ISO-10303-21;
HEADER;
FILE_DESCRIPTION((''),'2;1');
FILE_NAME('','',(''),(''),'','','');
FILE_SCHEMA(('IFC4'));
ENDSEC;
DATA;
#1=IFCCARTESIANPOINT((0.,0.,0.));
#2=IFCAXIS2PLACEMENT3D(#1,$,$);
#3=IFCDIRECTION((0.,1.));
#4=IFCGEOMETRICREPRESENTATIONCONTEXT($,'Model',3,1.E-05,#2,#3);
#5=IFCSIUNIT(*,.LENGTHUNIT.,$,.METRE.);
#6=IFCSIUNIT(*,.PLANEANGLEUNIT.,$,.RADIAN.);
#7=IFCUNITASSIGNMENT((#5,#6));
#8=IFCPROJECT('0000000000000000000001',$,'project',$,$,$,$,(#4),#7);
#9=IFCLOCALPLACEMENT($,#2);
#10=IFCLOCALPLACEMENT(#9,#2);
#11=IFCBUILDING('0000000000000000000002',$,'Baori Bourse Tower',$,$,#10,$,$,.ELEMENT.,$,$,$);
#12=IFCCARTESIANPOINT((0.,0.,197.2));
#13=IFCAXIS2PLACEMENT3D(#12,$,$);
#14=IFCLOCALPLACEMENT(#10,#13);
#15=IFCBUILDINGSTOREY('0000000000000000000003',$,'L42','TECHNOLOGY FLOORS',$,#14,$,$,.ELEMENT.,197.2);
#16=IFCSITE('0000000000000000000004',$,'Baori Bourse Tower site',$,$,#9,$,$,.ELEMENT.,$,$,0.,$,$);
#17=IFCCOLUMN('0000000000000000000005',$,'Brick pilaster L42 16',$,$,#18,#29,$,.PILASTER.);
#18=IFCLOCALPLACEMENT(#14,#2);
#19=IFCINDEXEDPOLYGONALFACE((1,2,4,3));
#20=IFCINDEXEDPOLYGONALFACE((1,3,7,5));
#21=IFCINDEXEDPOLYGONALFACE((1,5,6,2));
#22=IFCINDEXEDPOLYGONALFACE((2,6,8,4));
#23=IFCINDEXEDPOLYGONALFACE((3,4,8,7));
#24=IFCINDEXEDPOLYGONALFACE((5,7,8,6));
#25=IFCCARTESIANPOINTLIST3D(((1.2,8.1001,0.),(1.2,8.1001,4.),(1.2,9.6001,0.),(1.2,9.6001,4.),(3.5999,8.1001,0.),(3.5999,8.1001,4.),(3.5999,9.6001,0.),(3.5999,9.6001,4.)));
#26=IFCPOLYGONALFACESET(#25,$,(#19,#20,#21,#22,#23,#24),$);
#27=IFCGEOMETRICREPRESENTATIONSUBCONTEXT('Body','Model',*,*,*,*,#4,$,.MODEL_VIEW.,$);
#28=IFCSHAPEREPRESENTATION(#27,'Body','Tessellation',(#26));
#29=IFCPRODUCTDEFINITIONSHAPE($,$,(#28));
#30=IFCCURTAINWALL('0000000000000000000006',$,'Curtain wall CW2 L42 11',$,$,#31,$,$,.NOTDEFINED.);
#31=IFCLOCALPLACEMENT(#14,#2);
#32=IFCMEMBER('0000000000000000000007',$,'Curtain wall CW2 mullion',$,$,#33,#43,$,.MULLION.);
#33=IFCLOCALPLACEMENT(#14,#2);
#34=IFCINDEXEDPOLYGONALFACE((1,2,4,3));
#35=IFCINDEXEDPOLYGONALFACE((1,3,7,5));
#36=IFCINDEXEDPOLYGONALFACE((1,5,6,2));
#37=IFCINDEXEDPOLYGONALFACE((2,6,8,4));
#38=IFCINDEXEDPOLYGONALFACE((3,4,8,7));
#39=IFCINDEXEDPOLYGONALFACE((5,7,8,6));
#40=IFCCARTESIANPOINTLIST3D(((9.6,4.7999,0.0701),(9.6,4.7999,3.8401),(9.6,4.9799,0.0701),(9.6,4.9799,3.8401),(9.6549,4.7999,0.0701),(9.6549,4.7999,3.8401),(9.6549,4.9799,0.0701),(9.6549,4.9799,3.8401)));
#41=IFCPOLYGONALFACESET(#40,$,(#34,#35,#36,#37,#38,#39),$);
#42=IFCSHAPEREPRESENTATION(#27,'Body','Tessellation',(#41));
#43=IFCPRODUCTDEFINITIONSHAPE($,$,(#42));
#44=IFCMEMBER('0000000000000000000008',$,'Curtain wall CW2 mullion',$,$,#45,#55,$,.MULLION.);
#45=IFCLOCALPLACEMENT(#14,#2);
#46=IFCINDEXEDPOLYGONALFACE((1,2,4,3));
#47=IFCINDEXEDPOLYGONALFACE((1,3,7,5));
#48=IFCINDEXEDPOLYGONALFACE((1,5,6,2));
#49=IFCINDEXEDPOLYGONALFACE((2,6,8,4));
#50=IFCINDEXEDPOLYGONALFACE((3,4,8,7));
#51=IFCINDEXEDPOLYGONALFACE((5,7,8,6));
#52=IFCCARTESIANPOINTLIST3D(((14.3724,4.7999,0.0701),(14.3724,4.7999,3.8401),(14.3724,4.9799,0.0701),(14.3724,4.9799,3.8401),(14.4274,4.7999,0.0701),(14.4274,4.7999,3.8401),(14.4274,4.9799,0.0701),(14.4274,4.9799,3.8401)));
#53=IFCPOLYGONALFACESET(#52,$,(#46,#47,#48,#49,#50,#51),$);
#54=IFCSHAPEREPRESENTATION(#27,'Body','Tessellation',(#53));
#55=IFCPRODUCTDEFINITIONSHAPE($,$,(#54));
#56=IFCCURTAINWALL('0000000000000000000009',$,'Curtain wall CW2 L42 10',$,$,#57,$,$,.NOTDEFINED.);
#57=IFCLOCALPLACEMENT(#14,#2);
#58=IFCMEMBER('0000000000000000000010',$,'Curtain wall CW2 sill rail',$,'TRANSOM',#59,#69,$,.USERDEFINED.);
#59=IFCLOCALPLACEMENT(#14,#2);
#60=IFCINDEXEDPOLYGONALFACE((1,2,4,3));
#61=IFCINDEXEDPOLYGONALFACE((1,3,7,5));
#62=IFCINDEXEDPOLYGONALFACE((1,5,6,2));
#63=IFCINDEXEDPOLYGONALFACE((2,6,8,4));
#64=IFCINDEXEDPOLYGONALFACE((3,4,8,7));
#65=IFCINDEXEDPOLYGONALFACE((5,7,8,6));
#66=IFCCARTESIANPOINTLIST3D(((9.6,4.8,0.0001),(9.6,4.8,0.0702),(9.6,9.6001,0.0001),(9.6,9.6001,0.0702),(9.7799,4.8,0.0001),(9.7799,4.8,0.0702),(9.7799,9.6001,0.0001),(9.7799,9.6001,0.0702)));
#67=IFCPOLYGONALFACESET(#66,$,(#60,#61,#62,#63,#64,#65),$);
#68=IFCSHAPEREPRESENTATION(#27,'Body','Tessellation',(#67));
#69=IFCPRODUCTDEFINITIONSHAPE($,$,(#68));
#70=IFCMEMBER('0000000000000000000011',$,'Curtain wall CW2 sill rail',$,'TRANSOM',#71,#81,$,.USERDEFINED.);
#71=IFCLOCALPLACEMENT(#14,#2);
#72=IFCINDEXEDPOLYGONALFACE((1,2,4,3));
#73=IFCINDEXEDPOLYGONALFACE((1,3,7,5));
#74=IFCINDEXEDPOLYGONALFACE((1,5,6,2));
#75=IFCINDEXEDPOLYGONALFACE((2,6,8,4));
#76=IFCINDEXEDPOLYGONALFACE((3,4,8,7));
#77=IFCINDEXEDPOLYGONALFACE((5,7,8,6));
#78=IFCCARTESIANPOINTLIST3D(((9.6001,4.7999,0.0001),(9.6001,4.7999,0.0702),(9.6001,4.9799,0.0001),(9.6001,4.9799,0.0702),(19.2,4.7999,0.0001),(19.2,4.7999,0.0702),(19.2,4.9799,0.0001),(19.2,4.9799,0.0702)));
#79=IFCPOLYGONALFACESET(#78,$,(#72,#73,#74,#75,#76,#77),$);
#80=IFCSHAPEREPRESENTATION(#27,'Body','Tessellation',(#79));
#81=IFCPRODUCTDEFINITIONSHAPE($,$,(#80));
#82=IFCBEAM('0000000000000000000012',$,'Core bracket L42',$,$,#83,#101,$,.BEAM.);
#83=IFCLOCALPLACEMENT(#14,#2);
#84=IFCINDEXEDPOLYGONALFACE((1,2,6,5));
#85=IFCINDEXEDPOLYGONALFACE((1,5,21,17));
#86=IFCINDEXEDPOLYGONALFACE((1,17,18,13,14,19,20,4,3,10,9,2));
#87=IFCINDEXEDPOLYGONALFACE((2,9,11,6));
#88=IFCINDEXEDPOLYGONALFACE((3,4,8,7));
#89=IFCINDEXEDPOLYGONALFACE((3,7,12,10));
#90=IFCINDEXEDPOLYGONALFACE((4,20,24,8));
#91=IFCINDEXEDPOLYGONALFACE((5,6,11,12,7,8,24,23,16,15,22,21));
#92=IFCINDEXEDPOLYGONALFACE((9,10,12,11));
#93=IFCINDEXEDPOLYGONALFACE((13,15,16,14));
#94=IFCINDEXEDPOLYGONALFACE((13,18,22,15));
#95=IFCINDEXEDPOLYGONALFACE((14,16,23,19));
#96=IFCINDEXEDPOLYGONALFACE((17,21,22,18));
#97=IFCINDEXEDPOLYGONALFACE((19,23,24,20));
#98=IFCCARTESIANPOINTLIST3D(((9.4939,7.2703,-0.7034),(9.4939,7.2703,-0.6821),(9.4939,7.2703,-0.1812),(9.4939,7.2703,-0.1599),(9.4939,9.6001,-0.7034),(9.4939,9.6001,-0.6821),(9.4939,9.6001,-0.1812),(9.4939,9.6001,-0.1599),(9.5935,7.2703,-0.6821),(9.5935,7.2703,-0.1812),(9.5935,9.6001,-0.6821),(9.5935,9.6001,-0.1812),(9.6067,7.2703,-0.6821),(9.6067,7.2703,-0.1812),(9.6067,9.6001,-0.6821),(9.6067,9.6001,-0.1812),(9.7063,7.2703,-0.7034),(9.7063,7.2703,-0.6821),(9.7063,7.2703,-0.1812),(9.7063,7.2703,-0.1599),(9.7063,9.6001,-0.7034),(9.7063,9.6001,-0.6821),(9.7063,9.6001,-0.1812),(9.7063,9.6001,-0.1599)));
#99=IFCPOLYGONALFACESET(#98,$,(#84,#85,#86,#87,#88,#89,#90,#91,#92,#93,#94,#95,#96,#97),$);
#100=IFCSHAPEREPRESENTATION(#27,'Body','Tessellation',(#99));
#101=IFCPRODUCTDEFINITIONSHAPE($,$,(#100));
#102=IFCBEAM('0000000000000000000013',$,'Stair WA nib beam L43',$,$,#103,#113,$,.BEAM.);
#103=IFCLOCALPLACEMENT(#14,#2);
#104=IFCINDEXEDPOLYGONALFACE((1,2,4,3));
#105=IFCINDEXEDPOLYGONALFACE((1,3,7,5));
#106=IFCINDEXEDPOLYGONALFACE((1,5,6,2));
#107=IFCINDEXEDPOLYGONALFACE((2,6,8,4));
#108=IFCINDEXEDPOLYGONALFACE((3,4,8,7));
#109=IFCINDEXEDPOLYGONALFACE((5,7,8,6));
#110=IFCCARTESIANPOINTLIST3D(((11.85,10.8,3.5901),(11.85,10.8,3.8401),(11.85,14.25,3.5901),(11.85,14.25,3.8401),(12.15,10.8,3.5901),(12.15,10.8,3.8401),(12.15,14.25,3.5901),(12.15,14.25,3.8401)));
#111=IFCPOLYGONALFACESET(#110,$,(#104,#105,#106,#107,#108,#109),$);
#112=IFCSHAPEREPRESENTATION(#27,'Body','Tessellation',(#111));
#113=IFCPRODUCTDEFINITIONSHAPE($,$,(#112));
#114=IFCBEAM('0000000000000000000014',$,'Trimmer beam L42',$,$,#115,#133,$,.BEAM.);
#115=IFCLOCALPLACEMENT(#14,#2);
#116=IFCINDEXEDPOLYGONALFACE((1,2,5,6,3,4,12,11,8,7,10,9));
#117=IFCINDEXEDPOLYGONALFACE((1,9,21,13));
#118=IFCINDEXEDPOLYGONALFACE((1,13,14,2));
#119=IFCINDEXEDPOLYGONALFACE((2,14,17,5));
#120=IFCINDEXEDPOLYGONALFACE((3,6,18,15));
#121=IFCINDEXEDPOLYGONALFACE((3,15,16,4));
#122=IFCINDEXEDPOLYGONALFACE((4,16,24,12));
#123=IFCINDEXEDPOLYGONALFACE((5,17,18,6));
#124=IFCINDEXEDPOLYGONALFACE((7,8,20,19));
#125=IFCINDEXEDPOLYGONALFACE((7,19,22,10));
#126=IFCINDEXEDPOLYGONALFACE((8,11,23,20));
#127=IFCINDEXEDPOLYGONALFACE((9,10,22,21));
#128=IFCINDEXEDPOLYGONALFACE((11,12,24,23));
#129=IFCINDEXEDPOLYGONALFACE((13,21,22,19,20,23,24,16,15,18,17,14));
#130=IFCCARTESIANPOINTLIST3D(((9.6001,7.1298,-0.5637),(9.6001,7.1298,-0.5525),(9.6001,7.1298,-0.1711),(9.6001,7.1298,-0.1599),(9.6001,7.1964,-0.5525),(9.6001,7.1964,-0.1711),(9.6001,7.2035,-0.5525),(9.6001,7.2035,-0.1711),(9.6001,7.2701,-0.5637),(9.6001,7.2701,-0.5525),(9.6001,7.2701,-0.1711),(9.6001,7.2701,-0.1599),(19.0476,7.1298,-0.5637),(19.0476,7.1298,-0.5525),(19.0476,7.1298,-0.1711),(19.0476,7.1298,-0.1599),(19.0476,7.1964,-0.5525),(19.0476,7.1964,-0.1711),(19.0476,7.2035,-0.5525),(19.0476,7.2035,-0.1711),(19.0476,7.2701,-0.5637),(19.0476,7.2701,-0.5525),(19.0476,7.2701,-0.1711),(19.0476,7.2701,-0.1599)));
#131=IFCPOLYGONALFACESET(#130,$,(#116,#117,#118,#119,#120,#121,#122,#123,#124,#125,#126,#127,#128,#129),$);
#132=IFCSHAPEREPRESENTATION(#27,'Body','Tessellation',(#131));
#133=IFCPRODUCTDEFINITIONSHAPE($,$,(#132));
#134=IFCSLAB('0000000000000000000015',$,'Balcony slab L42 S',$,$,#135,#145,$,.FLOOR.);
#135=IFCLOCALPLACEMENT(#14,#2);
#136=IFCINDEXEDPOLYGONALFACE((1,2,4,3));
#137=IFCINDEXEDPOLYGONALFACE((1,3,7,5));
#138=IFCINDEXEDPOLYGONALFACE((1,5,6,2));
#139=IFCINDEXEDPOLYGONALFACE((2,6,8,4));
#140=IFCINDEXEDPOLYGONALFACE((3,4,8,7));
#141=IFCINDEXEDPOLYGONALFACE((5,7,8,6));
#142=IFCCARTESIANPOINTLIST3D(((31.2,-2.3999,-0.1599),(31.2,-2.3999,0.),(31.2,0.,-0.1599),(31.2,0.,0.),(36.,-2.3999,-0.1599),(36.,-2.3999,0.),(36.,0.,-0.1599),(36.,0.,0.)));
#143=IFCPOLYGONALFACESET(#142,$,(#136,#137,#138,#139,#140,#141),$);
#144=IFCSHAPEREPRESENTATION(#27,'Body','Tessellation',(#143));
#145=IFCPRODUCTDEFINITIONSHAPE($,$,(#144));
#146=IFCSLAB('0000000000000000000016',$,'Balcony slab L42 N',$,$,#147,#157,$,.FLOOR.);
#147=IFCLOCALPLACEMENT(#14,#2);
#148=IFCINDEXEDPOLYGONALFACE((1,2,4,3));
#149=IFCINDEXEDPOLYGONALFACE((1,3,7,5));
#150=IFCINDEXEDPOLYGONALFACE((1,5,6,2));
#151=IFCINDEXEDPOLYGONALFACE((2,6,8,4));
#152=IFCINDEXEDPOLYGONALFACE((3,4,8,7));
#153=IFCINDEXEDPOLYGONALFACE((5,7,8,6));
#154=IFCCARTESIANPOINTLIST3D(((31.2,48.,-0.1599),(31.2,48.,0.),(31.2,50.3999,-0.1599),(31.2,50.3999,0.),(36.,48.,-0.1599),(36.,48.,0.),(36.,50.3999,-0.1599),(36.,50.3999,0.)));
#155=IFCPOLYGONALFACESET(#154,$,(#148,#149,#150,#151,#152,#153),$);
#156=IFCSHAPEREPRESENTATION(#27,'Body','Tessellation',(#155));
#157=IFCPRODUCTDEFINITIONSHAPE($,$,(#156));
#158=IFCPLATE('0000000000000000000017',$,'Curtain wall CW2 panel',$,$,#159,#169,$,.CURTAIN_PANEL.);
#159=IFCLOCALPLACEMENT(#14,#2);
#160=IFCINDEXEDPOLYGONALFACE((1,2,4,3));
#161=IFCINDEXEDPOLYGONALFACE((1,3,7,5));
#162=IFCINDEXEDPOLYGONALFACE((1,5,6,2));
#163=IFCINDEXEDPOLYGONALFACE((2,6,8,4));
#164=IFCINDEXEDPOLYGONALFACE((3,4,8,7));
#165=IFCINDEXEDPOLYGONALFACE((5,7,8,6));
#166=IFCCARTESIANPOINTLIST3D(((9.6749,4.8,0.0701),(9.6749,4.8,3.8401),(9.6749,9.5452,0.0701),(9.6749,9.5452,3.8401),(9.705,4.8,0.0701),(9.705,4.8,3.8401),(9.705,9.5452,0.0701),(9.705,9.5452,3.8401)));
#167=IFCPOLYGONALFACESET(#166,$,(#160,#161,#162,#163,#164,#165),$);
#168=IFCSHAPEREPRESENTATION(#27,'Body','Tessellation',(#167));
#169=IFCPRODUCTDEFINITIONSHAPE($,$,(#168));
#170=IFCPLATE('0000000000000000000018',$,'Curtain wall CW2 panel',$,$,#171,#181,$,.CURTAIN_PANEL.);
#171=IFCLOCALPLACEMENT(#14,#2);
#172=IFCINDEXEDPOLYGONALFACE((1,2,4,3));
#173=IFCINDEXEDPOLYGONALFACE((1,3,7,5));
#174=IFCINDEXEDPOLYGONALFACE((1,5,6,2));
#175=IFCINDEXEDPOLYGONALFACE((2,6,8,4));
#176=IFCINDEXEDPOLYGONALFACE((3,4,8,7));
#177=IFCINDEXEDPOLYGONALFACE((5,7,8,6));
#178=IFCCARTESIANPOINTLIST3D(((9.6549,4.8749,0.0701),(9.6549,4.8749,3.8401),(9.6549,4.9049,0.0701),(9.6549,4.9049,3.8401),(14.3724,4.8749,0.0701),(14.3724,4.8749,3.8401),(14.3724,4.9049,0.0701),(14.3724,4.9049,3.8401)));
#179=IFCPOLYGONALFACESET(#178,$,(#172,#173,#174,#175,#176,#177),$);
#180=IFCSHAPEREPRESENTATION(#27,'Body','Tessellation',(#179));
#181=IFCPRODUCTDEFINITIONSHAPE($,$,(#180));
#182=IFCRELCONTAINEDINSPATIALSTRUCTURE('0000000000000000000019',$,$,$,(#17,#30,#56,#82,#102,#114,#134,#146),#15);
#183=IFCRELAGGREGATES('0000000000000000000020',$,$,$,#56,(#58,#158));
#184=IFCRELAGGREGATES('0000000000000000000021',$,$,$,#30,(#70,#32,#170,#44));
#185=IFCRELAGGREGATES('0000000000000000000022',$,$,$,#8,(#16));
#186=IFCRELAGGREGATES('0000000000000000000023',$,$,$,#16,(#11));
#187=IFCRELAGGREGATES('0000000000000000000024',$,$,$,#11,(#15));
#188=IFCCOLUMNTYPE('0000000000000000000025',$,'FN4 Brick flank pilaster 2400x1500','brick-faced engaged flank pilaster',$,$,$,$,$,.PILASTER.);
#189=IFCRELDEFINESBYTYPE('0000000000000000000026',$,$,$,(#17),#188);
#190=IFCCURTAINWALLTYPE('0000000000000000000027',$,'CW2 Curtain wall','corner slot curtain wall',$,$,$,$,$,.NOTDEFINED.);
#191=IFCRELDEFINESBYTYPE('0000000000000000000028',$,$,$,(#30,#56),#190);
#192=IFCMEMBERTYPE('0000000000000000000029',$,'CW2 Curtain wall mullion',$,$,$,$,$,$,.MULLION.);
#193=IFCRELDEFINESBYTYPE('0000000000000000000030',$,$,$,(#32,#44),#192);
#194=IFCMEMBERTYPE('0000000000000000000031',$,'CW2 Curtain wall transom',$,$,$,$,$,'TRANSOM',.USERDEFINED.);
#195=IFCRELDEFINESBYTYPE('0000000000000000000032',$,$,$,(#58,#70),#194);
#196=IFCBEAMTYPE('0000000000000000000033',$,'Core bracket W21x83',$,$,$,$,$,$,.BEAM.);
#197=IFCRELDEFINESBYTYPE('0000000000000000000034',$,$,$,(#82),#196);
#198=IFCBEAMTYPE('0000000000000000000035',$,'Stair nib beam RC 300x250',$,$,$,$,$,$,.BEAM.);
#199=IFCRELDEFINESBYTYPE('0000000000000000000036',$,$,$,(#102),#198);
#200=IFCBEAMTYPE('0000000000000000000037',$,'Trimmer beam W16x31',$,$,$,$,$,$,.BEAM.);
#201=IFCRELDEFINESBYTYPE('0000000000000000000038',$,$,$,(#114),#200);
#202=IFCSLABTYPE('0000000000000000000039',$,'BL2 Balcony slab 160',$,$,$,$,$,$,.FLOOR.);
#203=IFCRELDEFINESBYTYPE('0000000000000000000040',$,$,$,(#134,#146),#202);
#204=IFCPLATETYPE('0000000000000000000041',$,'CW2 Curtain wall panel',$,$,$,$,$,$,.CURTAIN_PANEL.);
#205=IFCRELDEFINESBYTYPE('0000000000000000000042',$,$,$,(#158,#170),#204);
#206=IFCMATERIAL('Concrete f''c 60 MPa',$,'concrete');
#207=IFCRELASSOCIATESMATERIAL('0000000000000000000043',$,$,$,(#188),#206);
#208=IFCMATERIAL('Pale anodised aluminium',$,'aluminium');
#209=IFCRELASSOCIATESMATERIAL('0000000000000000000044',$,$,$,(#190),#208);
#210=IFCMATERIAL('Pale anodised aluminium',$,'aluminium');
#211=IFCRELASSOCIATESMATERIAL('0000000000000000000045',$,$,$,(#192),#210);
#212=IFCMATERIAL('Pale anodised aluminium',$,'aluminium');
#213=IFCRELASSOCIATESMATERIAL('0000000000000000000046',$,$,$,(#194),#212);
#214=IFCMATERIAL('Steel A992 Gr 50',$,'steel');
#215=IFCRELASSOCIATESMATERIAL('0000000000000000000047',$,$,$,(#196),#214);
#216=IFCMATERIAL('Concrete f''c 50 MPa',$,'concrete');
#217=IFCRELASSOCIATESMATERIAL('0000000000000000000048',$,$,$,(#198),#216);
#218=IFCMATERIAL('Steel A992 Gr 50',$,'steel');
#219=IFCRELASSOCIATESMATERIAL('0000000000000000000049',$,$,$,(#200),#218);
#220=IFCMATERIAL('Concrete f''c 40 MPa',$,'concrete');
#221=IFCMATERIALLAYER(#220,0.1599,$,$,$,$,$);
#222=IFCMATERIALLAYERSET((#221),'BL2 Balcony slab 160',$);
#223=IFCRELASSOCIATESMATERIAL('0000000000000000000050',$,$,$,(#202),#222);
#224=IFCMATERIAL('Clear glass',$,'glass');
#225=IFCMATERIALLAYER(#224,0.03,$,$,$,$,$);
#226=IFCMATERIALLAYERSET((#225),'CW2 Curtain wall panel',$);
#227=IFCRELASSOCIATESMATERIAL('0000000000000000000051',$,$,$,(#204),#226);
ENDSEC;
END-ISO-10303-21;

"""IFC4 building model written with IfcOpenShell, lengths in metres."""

from ifc_helpers import new_model, si_unit, direction, frame, origin, origin_2d, place, context, subcontext, project, spatial, polyline, rectangle, i_section, outline, extrude, material, layer, layer_set, material_profile, profile_set, type_object, element, aggregate, save


model = new_model("IFC4")

# Units and contexts
model_context = context("Model", 3, precision=1e-05, world=origin(), true_north=direction((0.0, 1.0)))
body_context = subcontext(model_context, "Body", "Model", "MODEL_VIEW")
ifc_project = project(units=[si_unit("LENGTHUNIT", "METRE"), si_unit("PLANEANGLEUNIT", "RADIAN")], contexts=[model_context])

# Site, building, storey
site_placement = place(None, origin())
site = spatial("IfcSite", under=ifc_project, at=site_placement, Name="Baori Bourse Tower site", CompositionType="ELEMENT", RefElevation=0.0)
building_placement = place(site_placement, origin())
building = spatial("IfcBuilding", under=site, at=building_placement, Name="Baori Bourse Tower", CompositionType="ELEMENT")
storey_placement = place(building_placement, frame((0.0, 0.0, 197.2)))
storey = spatial("IfcBuildingStorey", under=building, at=storey_placement, Name="L42", Description="TECHNOLOGY FLOORS", CompositionType="ELEMENT", Elevation=197.2)

# Column
ifc_material_1 = material(Name="Concrete f'c 60 MPa", Category="concrete")
ifc_material_profile_1 = material_profile(ifc_material_1, rectangle(XDim=2.3999, YDim=1.5, at=origin_2d()), Name="RC 2400x1500")
ifc_profile_set_1 = profile_set([ifc_material_profile_1], Name="Concrete f'c 60 MPa")
column_type = type_object("IfcColumnType", Name="FN4 Brick flank pilaster 2400x1500", Description="brick-faced engaged flank pilaster", PredefinedType="PILASTER", material=ifc_profile_set_1)
column_placement = place(storey_placement, frame((2.3999, 8.8501, 0.0), z_axis=(0.0, 0.0, 1.0), x_axis=(1.0, 0.0, 0.0)))
element("IfcColumn", 1, at=column_placement, inside=storey, type_object=column_type, Name="Brick pilaster L42 16", PredefinedType="PILASTER", context=body_context, shape_type="SweptSolid", body=[
    extrude(rectangle(XDim=2.3999, YDim=1.5, at=origin_2d()), origin(), (0.0, 0.0, 1.0), 4.0),
])

# Curtain wall, members
ifc_material_2 = material(Name="Pale anodised aluminium", Category="aluminium")
curtain_wall_type = type_object("IfcCurtainWallType", Name="CW2 Curtain wall", Description="corner slot curtain wall", PredefinedType="NOTDEFINED", material=ifc_material_2)
curtain_wall_1_placement = place(storey_placement, origin())
curtain_wall_1 = element("IfcCurtainWall", 2, at=curtain_wall_1_placement, inside=storey, type_object=curtain_wall_type, Name="Curtain wall CW2 L42 11", PredefinedType="NOTDEFINED")
ifc_material_3 = material(Name="Pale anodised aluminium", Category="aluminium")
ifc_material_profile_2 = material_profile(ifc_material_3, rectangle(XDim=0.1799, YDim=0.0549, at=origin_2d()), Name="Mullion 55x180")
ifc_profile_set_2 = profile_set([ifc_material_profile_2], Name="Pale anodised aluminium")
member_type_1 = type_object("IfcMemberType", Name="CW2 Curtain wall mullion", PredefinedType="MULLION", material=ifc_profile_set_2)
member_1_placement = place(storey_placement, frame((9.6274, 4.8899, 0.0701), z_axis=(0.0, 0.0, 1.0), x_axis=(0.0, 1.0, 0.0)))
member_1 = element("IfcMember", 3, at=member_1_placement, type_object=member_type_1, Name="Curtain wall CW2 mullion", PredefinedType="MULLION", context=body_context, shape_type="SweptSolid", body=[
    extrude(rectangle(XDim=0.1799, YDim=0.0549, at=origin_2d()), origin(), (0.0, 0.0, 1.0), 3.77),
])
member_2_placement = place(storey_placement, frame((14.3999, 4.8899, 0.0701), z_axis=(0.0, 0.0, 1.0), x_axis=(0.0, 1.0, 0.0)))
member_2 = element("IfcMember", 4, at=member_2_placement, type_object=member_type_1, Name="Curtain wall CW2 mullion", PredefinedType="MULLION", context=body_context, shape_type="SweptSolid", body=[
    extrude(rectangle(XDim=0.1799, YDim=0.0549, at=origin_2d()), origin(), (0.0, 0.0, 1.0), 3.77),
])

# Curtain wall, member
curtain_wall_2_placement = place(storey_placement, origin())
curtain_wall_2 = element("IfcCurtainWall", 5, at=curtain_wall_2_placement, inside=storey, type_object=curtain_wall_type, Name="Curtain wall CW2 L42 10", PredefinedType="NOTDEFINED")
ifc_material_4 = material(Name="Pale anodised aluminium", Category="aluminium")
ifc_material_profile_3 = material_profile(ifc_material_4, rectangle(XDim=0.1799, YDim=0.0701, at=origin_2d()), Name="Transom 70x180")
ifc_profile_set_3 = profile_set([ifc_material_profile_3], Name="Pale anodised aluminium")
member_type_2 = type_object("IfcMemberType", Name="CW2 Curtain wall transom", ElementType="TRANSOM", PredefinedType="USERDEFINED", material=ifc_profile_set_3)
member_3_placement = place(storey_placement, frame((9.6899, 9.6001, 0.0352), z_axis=(0.0, -1.0, 0.0), x_axis=(1.0, 0.0, 0.0)))
member_3 = element("IfcMember", 6, at=member_3_placement, type_object=member_type_2, Name="Curtain wall CW2 sill rail", ObjectType="TRANSOM", PredefinedType="USERDEFINED", context=body_context, shape_type="SweptSolid", body=[
    extrude(rectangle(XDim=0.1799, YDim=0.0701, at=origin_2d()), origin(), (0.0, 0.0, 1.0), 4.8),
])

# Member
member_4_placement = place(storey_placement, frame((9.6001, 4.8899, 0.0352), z_axis=(1.0, 0.0, 0.0), x_axis=(0.0, 1.0, 0.0)))
member_4 = element("IfcMember", 7, at=member_4_placement, type_object=member_type_2, Name="Curtain wall CW2 sill rail", ObjectType="TRANSOM", PredefinedType="USERDEFINED", context=body_context, shape_type="SweptSolid", body=[
    extrude(rectangle(XDim=0.1799, YDim=0.0701, at=origin_2d()), origin(), (0.0, 0.0, 1.0), 9.5999),
])

# Beams
ifc_material_5 = material(Name="Steel A992 Gr 50", Category="steel")
ifc_material_profile_4 = material_profile(ifc_material_5, i_section(OverallWidth=0.2124, OverallDepth=0.5435, WebThickness=0.0132, FlangeThickness=0.0212, at=origin_2d()), Name="W21x83")
ifc_profile_set_4 = profile_set([ifc_material_profile_4], Name="Steel A992 Gr 50")
beam_type_1 = type_object("IfcBeamType", Name="Core bracket W21x83", PredefinedType="BEAM", material=ifc_profile_set_4)
beam_1_placement = place(storey_placement, frame((9.6001, 7.2703, -0.4316), z_axis=(0.0, 1.0, 0.0), x_axis=(-1.0, 0.0, 0.0)))
element("IfcBeam", 8, at=beam_1_placement, inside=storey, type_object=beam_type_1, Name="Core bracket L42", PredefinedType="BEAM", context=body_context, shape_type="SweptSolid", body=[
    extrude(i_section(OverallWidth=0.2124, OverallDepth=0.5435, WebThickness=0.0132, FlangeThickness=0.0212, at=origin_2d()), origin(), (0.0, 0.0, 1.0), 2.3298),
])
ifc_material_6 = material(Name="Concrete f'c 50 MPa", Category="concrete")
ifc_material_profile_5 = material_profile(ifc_material_6, rectangle(XDim=0.3, YDim=0.25, at=origin_2d()), Name="RC 300x250")
ifc_profile_set_5 = profile_set([ifc_material_profile_5], Name="Concrete f'c 50 MPa")
beam_type_2 = type_object("IfcBeamType", Name="Stair nib beam RC 300x250", PredefinedType="BEAM", material=ifc_profile_set_5)
beam_2_placement = place(storey_placement, frame((12.0, 10.8, 3.7151), z_axis=(0.0, 1.0, 0.0), x_axis=(-1.0, 0.0, 0.0)))
element("IfcBeam", 9, at=beam_2_placement, inside=storey, type_object=beam_type_2, Name="Stair WA nib beam L43", PredefinedType="BEAM", context=body_context, shape_type="SweptSolid", body=[
    extrude(rectangle(XDim=0.3, YDim=0.25, at=origin_2d()), origin(), (0.0, 0.0, 1.0), 3.45),
])
ifc_material_7 = material(Name="Steel A992 Gr 50", Category="steel")
ifc_material_profile_6 = material_profile(ifc_material_7, i_section(OverallWidth=0.1404, OverallDepth=0.4038, WebThickness=0.0071, FlangeThickness=0.0112, at=origin_2d()), Name="W16x31")
ifc_profile_set_6 = profile_set([ifc_material_profile_6], Name="Steel A992 Gr 50")
beam_type_3 = type_object("IfcBeamType", Name="Trimmer beam W16x31", PredefinedType="BEAM", material=ifc_profile_set_6)
beam_3_placement = place(storey_placement, frame((9.6001, 7.2, -0.3618), z_axis=(1.0, 0.0, 0.0), x_axis=(0.0, 1.0, 0.0)))
element("IfcBeam", 10, at=beam_3_placement, inside=storey, type_object=beam_type_3, Name="Trimmer beam L42", PredefinedType="BEAM", context=body_context, shape_type="SweptSolid", body=[
    extrude(i_section(OverallWidth=0.1404, OverallDepth=0.4038, WebThickness=0.0071, FlangeThickness=0.0112, at=origin_2d()), origin(), (0.0, 0.0, 1.0), 9.4475),
])

# Slabs
ifc_material_8 = material(Name="Concrete f'c 40 MPa", Category="concrete")
ifc_layer_1 = layer(ifc_material_8, 0.1599)
ifc_layer_set_1 = layer_set([ifc_layer_1], Name="BL2 Balcony slab 160")
slab_type = type_object("IfcSlabType", Name="BL2 Balcony slab 160", PredefinedType="FLOOR", material=ifc_layer_set_1)
slab_1_placement = place(storey_placement, frame((0.0, 0.0, -0.1599)))
element("IfcSlab", 11, at=slab_1_placement, inside=storey, type_object=slab_type, Name="Balcony slab L42 S", PredefinedType="FLOOR", context=body_context, shape_type="SweptSolid", body=[
    extrude(outline(polyline([(31.2, 0.0), (31.2, -2.3999), (36.0, -2.3999), (36.0, 0.0), (31.2, 0.0)])), origin(), (0.0, 0.0, 1.0), 0.1599),
])
slab_2_placement = place(storey_placement, frame((0.0, 0.0, -0.1599)))
element("IfcSlab", 12, at=slab_2_placement, inside=storey, type_object=slab_type, Name="Balcony slab L42 N", PredefinedType="FLOOR", context=body_context, shape_type="SweptSolid", body=[
    extrude(outline(polyline([(31.2, 48.0), (36.0, 48.0), (36.0, 50.3999), (31.2, 50.3999), (31.2, 48.0)])), origin(), (0.0, 0.0, 1.0), 0.1599),
])

# Plates
ifc_material_9 = material(Name="Clear glass", Category="glass")
ifc_layer_2 = layer(ifc_material_9, 0.03)
ifc_layer_set_2 = layer_set([ifc_layer_2], Name="CW2 Curtain wall panel")
plate_type = type_object("IfcPlateType", Name="CW2 Curtain wall panel", PredefinedType="CURTAIN_PANEL", material=ifc_layer_set_2)
plate_1_placement = place(storey_placement, frame((9.6899, 7.1726, 0.0701), z_axis=(0.0, 0.0, 1.0), x_axis=(0.0, -1.0, 0.0)))
plate_1 = element("IfcPlate", 13, at=plate_1_placement, type_object=plate_type, Name="Curtain wall CW2 panel", PredefinedType="CURTAIN_PANEL", context=body_context, shape_type="SweptSolid", body=[
    extrude(rectangle(XDim=4.7451, YDim=0.03, at=origin_2d()), origin(), (0.0, 0.0, 1.0), 3.77),
])
aggregate(curtain_wall_2, [member_3, plate_1])
plate_2_placement = place(storey_placement, frame((12.0137, 4.8899, 0.0701), z_axis=(0.0, 0.0, 1.0), x_axis=(1.0, 0.0, 0.0)))
plate_2 = element("IfcPlate", 14, at=plate_2_placement, type_object=plate_type, Name="Curtain wall CW2 panel", PredefinedType="CURTAIN_PANEL", context=body_context, shape_type="SweptSolid", body=[
    extrude(rectangle(XDim=4.7175, YDim=0.03, at=origin_2d()), origin(), (0.0, 0.0, 1.0), 3.77),
])
aggregate(curtain_wall_1, [member_4, member_1, plate_2, member_2])

save(model, "model.ifc")
